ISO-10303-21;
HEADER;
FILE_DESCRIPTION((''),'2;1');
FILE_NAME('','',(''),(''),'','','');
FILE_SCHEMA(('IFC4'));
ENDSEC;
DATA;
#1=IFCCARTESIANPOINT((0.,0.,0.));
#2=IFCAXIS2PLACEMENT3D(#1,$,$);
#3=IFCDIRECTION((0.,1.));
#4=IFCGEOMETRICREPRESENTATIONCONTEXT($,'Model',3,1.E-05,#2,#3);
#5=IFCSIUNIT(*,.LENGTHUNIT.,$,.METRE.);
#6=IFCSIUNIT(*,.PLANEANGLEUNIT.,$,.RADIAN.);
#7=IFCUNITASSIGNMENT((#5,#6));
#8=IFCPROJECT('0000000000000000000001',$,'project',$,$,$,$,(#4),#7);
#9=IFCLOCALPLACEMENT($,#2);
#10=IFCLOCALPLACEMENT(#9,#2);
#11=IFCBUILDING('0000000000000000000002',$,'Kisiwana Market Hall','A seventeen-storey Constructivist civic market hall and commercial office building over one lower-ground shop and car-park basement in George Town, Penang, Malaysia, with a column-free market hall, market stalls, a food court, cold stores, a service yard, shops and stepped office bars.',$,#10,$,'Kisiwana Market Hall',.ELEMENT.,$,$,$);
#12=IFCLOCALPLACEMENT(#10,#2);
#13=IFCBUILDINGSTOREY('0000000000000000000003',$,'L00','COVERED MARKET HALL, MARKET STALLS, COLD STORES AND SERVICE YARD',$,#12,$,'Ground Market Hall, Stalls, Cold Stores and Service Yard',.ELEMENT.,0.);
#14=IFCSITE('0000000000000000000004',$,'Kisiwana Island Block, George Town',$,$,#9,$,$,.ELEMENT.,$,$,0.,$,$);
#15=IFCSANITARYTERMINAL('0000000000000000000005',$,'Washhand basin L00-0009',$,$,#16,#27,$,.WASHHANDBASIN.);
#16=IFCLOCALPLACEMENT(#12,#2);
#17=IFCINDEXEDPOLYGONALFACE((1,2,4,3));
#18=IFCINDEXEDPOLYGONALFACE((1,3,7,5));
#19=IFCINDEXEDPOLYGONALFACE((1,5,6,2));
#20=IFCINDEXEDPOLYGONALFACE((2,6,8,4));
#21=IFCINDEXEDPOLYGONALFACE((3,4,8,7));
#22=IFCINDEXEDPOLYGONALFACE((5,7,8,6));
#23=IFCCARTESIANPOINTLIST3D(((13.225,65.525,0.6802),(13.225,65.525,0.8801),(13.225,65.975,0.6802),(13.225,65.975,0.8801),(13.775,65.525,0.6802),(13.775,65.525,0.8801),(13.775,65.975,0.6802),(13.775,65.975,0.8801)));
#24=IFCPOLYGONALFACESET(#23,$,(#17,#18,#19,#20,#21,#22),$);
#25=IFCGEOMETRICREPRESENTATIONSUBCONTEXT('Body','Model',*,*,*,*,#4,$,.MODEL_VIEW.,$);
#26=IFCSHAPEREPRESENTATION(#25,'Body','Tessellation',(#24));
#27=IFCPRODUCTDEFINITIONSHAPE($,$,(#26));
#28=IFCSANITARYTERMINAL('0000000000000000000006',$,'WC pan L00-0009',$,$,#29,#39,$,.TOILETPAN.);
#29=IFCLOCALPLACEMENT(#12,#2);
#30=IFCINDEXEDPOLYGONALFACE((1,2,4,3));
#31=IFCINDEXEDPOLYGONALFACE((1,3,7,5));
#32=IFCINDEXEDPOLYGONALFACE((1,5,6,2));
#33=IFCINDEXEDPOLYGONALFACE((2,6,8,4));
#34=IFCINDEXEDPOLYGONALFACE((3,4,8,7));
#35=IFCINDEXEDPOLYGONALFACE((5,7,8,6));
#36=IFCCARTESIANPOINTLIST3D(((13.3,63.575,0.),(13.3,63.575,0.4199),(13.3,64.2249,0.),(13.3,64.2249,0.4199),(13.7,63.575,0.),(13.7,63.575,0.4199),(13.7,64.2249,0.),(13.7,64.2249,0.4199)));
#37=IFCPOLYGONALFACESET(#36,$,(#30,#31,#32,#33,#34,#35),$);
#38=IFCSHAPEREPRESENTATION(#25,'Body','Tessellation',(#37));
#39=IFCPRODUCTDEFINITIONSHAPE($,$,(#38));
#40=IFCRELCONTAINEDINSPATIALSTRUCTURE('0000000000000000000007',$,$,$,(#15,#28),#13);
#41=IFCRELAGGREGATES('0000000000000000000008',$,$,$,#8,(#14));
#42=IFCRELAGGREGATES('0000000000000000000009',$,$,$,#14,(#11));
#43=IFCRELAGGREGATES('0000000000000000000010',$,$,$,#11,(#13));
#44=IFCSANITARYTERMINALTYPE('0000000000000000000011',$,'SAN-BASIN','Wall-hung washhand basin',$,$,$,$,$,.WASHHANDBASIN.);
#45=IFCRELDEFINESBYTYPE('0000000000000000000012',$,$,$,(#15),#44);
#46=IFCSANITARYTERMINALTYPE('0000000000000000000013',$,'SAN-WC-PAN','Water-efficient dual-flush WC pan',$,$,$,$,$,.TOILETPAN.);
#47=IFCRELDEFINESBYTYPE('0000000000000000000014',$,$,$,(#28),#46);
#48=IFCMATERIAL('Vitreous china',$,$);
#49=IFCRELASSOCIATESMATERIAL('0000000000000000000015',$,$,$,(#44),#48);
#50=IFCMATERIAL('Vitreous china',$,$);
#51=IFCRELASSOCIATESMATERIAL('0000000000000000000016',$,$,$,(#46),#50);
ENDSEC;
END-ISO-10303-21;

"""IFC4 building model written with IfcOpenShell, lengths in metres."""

from ifc_helpers import new_model, si_unit, direction, frame, origin, origin_2d, place, context, subcontext, project, spatial, rectangle, extrude, material, type_object, element, save


model = new_model("IFC4")

# Units and contexts
model_context = context("Model", 3, precision=1e-05, world=origin(), true_north=direction((0.0, 1.0)))
body_context = subcontext(model_context, "Body", "Model", "MODEL_VIEW")
ifc_project = project(units=[si_unit("LENGTHUNIT", "METRE"), si_unit("PLANEANGLEUNIT", "RADIAN")], contexts=[model_context])

# Site, building, storey
site_placement = place(None, origin())
site = spatial("IfcSite", under=ifc_project, at=site_placement, Name="Kisiwana Island Block, George Town", CompositionType="ELEMENT", RefElevation=0.0)
building_placement = place(site_placement, origin())
building = spatial("IfcBuilding", under=site, at=building_placement, Name="Kisiwana Market Hall", Description="A seventeen-storey Constructivist civic market hall and commercial office building over one lower-ground shop and car-park basement in George Town, Penang, Malaysia, with a column-free market hall, market stalls, a food court, cold stores, a service yard, shops and stepped office bars.", LongName="Kisiwana Market Hall", CompositionType="ELEMENT")
storey_placement = place(building_placement, origin())
storey = spatial("IfcBuildingStorey", under=building, at=storey_placement, Name="L00", Description="COVERED MARKET HALL, MARKET STALLS, COLD STORES AND SERVICE YARD", LongName="Ground Market Hall, Stalls, Cold Stores and Service Yard", CompositionType="ELEMENT", Elevation=0.0)

# Sanitary terminals
ifc_material_1 = material(Name="Vitreous china")
sanitary_terminal_type_1 = type_object("IfcSanitaryTerminalType", Name="SAN-BASIN", Description="Wall-hung washhand basin", PredefinedType="WASHHANDBASIN", material=ifc_material_1)
for number, where, z_axis, x_axis, name in (
    (1, (13.5, 65.75, 0.6802), (0.0, 0.0, 1.0), (1.0, 0.0, 0.0), "Washhand basin L00-0009"),
):
    element("IfcSanitaryTerminal", number, at=place(storey_placement, frame(where, z_axis=z_axis, x_axis=x_axis)), inside=storey, type_object=sanitary_terminal_type_1, Name=name, PredefinedType="WASHHANDBASIN", context=body_context, shape_type="SweptSolid", body=[
        extrude(rectangle(XDim=0.55, YDim=0.45, at=origin_2d()), origin(), (0.0, 0.0, 1.0), 0.2),
    ])
ifc_material_2 = material(Name="Vitreous china")
sanitary_terminal_type_2 = type_object("IfcSanitaryTerminalType", Name="SAN-WC-PAN", Description="Water-efficient dual-flush WC pan", PredefinedType="TOILETPAN", material=ifc_material_2)
sanitary_terminal_placement = place(storey_placement, frame((13.5, 63.8999, 0.0), z_axis=(0.0, 0.0, 1.0), x_axis=(1.0, 0.0, 0.0)))
element("IfcSanitaryTerminal", 2, at=sanitary_terminal_placement, inside=storey, type_object=sanitary_terminal_type_2, Name="WC pan L00-0009", PredefinedType="TOILETPAN", context=body_context, shape_type="SweptSolid", body=[
    extrude(rectangle(XDim=0.3999, YDim=0.6499, at=origin_2d()), origin(), (0.0, 0.0, 1.0), 0.4199),
])

save(model, "model.ifc")
